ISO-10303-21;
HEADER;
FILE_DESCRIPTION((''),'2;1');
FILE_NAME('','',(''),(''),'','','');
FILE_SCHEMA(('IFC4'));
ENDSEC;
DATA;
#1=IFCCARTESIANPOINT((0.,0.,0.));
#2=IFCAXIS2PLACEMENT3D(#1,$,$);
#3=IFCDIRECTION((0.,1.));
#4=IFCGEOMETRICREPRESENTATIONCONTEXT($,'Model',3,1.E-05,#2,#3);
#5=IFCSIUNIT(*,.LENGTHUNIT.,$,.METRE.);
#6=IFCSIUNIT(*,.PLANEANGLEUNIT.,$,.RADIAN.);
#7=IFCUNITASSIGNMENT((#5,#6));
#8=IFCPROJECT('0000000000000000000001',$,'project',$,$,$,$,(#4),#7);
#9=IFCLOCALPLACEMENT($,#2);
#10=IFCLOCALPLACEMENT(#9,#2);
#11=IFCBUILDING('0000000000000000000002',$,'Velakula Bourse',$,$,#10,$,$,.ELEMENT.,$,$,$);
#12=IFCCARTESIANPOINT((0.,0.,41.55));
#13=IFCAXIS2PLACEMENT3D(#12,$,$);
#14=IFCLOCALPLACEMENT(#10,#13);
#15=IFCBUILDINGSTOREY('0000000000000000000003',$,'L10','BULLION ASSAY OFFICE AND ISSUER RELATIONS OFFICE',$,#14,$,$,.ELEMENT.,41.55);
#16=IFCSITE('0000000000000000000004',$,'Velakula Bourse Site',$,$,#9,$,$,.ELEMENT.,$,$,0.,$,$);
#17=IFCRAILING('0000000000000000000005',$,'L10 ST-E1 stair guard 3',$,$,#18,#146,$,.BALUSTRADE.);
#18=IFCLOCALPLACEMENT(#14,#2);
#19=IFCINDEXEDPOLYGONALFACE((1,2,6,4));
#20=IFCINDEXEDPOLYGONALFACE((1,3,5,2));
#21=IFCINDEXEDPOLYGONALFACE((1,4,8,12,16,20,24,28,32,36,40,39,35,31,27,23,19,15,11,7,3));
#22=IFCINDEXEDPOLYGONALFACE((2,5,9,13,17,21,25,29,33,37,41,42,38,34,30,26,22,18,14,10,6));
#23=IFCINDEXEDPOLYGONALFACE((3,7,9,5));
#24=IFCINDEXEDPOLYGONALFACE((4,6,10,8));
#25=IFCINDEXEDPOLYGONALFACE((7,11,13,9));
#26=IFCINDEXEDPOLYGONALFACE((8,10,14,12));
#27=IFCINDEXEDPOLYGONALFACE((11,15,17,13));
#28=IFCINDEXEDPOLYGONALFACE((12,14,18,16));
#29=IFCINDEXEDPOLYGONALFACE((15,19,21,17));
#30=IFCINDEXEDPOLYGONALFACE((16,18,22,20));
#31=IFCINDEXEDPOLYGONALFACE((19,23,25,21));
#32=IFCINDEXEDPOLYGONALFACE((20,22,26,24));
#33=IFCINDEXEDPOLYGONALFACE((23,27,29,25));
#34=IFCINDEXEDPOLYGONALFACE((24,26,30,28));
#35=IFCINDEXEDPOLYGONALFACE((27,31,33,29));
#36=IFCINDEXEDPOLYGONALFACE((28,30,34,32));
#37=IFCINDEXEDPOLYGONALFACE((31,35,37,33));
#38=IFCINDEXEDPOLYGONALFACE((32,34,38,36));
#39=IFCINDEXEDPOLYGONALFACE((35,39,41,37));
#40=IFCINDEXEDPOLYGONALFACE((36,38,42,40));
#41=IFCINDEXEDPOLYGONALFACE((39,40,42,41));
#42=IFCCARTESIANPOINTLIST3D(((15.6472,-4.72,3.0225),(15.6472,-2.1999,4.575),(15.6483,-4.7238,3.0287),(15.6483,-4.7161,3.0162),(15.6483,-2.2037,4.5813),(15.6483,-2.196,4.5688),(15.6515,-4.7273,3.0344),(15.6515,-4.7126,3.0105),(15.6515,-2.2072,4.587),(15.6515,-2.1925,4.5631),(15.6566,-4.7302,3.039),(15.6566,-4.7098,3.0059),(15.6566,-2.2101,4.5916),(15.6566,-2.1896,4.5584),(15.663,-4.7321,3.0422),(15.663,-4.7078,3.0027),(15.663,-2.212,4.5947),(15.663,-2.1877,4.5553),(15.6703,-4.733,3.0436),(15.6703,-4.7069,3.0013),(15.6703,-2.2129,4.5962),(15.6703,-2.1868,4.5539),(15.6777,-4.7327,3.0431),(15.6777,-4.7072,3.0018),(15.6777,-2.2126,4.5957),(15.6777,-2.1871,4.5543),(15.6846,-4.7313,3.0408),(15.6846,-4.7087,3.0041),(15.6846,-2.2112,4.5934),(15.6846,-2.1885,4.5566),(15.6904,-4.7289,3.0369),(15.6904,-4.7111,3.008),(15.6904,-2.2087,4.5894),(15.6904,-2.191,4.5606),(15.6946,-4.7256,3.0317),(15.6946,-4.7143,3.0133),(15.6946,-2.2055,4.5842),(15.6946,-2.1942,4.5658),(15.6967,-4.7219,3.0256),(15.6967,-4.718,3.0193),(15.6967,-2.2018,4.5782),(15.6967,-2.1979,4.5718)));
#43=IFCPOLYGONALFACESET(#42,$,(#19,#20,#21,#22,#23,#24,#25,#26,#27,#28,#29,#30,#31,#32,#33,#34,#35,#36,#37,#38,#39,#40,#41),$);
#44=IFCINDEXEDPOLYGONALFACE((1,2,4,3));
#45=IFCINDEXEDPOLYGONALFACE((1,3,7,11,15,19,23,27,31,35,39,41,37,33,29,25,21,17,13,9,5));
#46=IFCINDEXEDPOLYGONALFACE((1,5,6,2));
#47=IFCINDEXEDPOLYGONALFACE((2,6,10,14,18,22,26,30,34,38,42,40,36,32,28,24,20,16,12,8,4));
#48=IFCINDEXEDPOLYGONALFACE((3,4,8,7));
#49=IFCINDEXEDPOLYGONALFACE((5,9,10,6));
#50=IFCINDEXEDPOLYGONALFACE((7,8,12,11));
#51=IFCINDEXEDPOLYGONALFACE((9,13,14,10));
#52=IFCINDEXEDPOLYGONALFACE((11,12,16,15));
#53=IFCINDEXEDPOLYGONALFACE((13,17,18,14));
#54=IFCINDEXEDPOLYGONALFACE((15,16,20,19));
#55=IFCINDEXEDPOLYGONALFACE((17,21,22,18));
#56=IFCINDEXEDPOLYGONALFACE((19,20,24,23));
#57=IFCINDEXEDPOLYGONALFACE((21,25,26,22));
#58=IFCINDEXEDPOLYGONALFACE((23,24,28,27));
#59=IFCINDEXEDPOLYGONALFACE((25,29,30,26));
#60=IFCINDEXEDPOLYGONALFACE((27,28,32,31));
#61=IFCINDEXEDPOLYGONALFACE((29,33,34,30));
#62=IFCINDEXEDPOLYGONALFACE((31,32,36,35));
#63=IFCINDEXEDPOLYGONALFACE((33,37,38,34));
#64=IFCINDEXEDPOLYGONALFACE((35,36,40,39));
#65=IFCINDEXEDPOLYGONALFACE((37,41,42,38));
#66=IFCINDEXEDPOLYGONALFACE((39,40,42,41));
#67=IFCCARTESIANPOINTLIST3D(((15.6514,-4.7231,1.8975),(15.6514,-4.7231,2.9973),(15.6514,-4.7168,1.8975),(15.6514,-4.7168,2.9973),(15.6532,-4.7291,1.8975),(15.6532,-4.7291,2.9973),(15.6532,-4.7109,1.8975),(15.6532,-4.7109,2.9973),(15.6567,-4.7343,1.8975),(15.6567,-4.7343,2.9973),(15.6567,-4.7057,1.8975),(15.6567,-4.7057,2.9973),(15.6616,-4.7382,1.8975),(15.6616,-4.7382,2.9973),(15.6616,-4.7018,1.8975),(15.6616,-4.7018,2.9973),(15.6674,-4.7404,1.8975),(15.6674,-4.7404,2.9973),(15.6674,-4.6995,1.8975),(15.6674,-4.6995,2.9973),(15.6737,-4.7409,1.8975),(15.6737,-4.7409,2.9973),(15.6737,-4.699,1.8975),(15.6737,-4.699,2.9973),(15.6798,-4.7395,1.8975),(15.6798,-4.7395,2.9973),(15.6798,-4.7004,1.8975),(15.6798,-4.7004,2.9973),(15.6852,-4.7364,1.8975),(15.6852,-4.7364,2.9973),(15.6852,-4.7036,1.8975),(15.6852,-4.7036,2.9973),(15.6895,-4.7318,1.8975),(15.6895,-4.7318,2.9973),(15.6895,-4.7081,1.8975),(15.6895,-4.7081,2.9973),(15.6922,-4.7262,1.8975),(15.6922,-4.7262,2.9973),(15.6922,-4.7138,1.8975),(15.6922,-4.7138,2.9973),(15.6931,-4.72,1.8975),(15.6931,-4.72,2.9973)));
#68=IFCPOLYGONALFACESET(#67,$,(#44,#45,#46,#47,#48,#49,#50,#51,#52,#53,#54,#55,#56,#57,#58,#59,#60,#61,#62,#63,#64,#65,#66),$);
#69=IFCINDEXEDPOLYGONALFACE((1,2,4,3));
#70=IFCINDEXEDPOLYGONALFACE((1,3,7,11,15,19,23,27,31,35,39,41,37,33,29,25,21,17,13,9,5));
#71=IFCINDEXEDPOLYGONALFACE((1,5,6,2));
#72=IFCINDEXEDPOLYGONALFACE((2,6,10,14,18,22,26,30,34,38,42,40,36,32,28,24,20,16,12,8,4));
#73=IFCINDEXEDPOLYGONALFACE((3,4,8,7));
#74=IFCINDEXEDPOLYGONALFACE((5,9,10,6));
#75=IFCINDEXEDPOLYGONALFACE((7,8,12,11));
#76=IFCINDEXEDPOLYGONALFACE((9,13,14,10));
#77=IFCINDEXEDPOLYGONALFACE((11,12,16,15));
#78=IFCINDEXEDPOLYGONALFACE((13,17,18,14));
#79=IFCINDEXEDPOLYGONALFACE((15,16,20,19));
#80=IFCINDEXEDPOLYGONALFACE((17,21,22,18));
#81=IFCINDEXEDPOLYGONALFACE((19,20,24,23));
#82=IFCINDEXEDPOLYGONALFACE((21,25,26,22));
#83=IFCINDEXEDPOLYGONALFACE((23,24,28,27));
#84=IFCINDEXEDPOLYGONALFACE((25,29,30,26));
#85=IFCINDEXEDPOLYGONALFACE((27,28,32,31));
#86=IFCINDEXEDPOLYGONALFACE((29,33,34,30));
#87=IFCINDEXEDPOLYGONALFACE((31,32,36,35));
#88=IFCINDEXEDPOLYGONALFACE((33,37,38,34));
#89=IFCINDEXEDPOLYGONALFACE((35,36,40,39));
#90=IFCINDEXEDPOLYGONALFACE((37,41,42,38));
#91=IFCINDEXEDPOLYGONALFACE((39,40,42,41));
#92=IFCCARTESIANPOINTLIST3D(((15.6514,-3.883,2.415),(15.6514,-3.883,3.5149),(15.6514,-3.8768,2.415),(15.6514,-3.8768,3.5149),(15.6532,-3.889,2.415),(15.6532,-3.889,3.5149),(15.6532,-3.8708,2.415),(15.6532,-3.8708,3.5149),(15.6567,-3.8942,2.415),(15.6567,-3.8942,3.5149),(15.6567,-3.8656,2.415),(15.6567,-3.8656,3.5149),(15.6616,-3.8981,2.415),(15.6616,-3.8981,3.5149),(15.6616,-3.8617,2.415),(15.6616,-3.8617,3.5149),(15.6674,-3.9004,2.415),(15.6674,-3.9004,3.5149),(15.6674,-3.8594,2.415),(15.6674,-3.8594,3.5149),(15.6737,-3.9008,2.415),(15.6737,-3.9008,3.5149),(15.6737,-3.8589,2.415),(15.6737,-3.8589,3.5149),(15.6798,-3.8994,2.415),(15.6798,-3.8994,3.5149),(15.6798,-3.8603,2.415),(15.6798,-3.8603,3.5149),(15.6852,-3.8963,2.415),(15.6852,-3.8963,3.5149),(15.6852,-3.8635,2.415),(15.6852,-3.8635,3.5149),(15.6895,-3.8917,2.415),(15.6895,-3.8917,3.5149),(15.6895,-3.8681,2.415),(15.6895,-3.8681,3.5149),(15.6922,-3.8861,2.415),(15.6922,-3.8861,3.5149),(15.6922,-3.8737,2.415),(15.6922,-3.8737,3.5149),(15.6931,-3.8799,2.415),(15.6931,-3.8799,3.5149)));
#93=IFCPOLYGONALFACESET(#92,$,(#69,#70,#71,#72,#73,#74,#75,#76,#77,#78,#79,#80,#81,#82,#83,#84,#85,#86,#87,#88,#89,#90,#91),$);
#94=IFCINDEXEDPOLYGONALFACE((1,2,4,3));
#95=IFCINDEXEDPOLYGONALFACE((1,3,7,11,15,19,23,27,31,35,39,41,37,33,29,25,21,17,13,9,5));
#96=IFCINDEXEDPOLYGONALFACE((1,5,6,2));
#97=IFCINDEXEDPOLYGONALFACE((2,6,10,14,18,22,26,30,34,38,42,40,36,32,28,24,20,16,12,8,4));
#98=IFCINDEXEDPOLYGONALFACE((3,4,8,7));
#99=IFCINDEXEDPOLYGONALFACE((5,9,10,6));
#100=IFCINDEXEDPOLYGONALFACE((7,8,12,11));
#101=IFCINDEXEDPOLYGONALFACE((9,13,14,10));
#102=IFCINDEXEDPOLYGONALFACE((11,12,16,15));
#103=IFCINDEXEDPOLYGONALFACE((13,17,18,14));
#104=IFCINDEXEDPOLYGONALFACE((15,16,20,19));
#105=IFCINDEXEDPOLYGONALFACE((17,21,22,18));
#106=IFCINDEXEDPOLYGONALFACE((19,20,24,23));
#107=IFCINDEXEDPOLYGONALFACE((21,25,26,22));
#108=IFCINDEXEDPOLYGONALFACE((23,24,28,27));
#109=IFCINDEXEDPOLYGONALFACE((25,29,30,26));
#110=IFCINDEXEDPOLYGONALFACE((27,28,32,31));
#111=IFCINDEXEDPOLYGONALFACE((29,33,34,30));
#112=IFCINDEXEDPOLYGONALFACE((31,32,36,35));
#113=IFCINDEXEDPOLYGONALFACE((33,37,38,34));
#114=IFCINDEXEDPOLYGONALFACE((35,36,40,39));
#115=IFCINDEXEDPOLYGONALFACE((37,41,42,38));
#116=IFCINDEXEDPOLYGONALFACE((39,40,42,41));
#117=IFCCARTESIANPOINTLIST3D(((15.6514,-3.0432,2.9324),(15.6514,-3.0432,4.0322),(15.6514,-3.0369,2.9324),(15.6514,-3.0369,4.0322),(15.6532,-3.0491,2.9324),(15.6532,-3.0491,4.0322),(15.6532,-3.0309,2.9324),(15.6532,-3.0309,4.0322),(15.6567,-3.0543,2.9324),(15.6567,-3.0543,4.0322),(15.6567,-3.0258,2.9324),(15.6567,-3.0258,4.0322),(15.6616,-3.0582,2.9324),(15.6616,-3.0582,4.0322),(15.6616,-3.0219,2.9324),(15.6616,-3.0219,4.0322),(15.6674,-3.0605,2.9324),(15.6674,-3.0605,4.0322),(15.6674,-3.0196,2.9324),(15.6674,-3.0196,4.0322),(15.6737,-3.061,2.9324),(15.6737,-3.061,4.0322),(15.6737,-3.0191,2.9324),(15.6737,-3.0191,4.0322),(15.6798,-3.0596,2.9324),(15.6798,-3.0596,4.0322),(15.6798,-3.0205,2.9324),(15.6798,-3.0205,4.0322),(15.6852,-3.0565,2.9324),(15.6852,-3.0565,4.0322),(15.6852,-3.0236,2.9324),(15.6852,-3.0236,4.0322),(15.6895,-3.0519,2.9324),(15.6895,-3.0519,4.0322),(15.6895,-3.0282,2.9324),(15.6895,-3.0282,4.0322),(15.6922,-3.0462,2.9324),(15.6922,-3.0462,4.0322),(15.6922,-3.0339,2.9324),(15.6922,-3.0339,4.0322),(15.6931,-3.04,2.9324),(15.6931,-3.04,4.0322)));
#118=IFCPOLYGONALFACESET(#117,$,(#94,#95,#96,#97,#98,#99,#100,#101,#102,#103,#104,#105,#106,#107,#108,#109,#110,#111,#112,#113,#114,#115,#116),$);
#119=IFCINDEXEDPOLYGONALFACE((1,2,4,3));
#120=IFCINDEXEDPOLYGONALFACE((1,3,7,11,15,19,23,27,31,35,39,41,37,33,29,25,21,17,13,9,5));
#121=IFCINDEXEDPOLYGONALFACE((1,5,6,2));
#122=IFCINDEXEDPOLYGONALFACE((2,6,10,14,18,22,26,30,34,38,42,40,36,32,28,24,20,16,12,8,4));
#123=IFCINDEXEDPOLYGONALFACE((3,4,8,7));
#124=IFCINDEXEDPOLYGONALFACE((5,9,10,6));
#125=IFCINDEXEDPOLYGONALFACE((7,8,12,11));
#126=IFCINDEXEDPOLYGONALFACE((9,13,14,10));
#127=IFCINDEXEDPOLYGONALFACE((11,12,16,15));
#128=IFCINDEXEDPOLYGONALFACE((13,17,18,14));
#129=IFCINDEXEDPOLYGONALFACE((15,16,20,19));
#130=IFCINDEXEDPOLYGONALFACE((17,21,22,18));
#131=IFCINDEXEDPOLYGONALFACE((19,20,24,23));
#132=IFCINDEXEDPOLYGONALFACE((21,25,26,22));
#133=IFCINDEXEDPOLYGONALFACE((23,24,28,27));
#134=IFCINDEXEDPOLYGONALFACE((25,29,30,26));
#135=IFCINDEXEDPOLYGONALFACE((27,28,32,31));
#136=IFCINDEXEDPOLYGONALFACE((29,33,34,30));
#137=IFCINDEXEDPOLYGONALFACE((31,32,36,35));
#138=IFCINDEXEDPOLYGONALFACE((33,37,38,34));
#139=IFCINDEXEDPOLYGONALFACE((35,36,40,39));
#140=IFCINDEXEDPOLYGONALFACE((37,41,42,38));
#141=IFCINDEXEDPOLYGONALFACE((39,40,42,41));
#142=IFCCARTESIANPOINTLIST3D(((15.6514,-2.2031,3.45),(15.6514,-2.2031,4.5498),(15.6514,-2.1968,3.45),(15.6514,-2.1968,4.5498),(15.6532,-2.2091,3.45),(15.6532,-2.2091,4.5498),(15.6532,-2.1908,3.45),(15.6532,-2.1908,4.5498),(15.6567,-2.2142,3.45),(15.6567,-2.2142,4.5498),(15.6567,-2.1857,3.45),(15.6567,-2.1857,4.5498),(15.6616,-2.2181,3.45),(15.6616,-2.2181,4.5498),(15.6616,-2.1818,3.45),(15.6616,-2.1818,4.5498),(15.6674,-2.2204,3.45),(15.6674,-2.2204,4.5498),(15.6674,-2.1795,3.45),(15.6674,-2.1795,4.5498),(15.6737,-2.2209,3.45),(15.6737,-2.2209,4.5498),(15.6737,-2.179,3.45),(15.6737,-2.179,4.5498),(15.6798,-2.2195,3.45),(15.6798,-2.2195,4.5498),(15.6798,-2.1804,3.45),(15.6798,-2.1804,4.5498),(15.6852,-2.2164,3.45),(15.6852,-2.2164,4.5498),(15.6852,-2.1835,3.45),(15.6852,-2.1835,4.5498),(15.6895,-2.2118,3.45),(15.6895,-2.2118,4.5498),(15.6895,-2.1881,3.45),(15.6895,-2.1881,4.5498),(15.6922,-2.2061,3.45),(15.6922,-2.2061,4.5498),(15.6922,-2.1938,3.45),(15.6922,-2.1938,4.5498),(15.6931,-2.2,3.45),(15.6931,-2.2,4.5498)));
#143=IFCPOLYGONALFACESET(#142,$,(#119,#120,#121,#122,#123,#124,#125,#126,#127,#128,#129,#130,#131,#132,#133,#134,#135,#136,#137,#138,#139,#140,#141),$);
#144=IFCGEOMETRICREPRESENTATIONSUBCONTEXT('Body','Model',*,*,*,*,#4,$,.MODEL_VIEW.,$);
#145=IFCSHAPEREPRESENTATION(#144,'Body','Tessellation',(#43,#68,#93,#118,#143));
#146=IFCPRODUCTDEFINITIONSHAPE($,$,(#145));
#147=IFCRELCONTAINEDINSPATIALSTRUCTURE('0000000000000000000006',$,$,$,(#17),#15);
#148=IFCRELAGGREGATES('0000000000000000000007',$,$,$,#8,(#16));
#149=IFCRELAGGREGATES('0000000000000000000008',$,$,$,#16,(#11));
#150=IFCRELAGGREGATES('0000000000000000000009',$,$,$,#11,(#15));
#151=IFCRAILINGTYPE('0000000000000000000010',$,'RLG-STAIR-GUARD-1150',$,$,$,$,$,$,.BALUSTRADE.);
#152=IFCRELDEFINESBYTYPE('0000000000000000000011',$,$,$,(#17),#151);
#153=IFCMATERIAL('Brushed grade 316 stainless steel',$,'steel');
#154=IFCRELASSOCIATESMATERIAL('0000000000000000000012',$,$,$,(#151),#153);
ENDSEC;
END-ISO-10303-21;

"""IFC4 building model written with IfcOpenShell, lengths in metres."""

from ifc_helpers import new_model, si_unit, direction, frame, origin, origin_2d, place, context, subcontext, project, spatial, circle, extrude, material, type_object, element, save


model = new_model("IFC4")

# Units and contexts
model_context = context("Model", 3, precision=1e-05, world=origin(), true_north=direction((0.0, 1.0)))
body_context = subcontext(model_context, "Body", "Model", "MODEL_VIEW")
ifc_project = project(units=[si_unit("LENGTHUNIT", "METRE"), si_unit("PLANEANGLEUNIT", "RADIAN")], contexts=[model_context])

# Site, building, storey
site_placement = place(None, origin())
site = spatial("IfcSite", under=ifc_project, at=site_placement, Name="Velakula Bourse Site", CompositionType="ELEMENT", RefElevation=0.0)
building_placement = place(site_placement, origin())
building = spatial("IfcBuilding", under=site, at=building_placement, Name="Velakula Bourse", CompositionType="ELEMENT")
storey_placement = place(building_placement, frame((0.0, 0.0, 41.55)))
storey = spatial("IfcBuildingStorey", under=building, at=storey_placement, Name="L10", Description="BULLION ASSAY OFFICE AND ISSUER RELATIONS OFFICE", CompositionType="ELEMENT", Elevation=41.55)

# Shared definitions
ifc_material_1 = material(Name="Brushed grade 316 stainless steel", Category="steel")

# Railing
railing_type_1 = type_object("IfcRailingType", Name="RLG-STAIR-GUARD-1150", PredefinedType="BALUSTRADE", material=ifc_material_1)
railing_1_placement = place(storey_placement, frame((15.6721, -4.72, 1.8975)))
element("IfcRailing", 1, at=railing_1_placement, inside=storey, type_object=railing_type_1, Name="L10 ST-E1 stair guard 3", PredefinedType="BALUSTRADE", context=body_context, shape_type="SweptSolid", body=[
    extrude(circle(Radius=0.0249, at=origin_2d()), frame((0.0, 0.0, 1.125), z_axis=(0.0, 0.8514, 0.524516), x_axis=(-1.0, 0.0, 0.0)), (0.0, 0.0, 1.0), 2.96),
    extrude(circle(Radius=0.021, at=origin_2d()), origin(), (0.0, 0.0, 1.0), 1.0999),
    extrude(circle(Radius=0.021, at=origin_2d()), frame((0.0, 0.8401, 0.5176)), (0.0, 0.0, 1.0), 1.0999),
    extrude(circle(Radius=0.021, at=origin_2d()), frame((0.0, 1.6799, 1.0349)), (0.0, 0.0, 1.0), 1.0999),
    extrude(circle(Radius=0.021, at=origin_2d()), frame((0.0, 2.52, 1.5525)), (0.0, 0.0, 1.0), 1.0999),
])

save(model, "model.ifc")
